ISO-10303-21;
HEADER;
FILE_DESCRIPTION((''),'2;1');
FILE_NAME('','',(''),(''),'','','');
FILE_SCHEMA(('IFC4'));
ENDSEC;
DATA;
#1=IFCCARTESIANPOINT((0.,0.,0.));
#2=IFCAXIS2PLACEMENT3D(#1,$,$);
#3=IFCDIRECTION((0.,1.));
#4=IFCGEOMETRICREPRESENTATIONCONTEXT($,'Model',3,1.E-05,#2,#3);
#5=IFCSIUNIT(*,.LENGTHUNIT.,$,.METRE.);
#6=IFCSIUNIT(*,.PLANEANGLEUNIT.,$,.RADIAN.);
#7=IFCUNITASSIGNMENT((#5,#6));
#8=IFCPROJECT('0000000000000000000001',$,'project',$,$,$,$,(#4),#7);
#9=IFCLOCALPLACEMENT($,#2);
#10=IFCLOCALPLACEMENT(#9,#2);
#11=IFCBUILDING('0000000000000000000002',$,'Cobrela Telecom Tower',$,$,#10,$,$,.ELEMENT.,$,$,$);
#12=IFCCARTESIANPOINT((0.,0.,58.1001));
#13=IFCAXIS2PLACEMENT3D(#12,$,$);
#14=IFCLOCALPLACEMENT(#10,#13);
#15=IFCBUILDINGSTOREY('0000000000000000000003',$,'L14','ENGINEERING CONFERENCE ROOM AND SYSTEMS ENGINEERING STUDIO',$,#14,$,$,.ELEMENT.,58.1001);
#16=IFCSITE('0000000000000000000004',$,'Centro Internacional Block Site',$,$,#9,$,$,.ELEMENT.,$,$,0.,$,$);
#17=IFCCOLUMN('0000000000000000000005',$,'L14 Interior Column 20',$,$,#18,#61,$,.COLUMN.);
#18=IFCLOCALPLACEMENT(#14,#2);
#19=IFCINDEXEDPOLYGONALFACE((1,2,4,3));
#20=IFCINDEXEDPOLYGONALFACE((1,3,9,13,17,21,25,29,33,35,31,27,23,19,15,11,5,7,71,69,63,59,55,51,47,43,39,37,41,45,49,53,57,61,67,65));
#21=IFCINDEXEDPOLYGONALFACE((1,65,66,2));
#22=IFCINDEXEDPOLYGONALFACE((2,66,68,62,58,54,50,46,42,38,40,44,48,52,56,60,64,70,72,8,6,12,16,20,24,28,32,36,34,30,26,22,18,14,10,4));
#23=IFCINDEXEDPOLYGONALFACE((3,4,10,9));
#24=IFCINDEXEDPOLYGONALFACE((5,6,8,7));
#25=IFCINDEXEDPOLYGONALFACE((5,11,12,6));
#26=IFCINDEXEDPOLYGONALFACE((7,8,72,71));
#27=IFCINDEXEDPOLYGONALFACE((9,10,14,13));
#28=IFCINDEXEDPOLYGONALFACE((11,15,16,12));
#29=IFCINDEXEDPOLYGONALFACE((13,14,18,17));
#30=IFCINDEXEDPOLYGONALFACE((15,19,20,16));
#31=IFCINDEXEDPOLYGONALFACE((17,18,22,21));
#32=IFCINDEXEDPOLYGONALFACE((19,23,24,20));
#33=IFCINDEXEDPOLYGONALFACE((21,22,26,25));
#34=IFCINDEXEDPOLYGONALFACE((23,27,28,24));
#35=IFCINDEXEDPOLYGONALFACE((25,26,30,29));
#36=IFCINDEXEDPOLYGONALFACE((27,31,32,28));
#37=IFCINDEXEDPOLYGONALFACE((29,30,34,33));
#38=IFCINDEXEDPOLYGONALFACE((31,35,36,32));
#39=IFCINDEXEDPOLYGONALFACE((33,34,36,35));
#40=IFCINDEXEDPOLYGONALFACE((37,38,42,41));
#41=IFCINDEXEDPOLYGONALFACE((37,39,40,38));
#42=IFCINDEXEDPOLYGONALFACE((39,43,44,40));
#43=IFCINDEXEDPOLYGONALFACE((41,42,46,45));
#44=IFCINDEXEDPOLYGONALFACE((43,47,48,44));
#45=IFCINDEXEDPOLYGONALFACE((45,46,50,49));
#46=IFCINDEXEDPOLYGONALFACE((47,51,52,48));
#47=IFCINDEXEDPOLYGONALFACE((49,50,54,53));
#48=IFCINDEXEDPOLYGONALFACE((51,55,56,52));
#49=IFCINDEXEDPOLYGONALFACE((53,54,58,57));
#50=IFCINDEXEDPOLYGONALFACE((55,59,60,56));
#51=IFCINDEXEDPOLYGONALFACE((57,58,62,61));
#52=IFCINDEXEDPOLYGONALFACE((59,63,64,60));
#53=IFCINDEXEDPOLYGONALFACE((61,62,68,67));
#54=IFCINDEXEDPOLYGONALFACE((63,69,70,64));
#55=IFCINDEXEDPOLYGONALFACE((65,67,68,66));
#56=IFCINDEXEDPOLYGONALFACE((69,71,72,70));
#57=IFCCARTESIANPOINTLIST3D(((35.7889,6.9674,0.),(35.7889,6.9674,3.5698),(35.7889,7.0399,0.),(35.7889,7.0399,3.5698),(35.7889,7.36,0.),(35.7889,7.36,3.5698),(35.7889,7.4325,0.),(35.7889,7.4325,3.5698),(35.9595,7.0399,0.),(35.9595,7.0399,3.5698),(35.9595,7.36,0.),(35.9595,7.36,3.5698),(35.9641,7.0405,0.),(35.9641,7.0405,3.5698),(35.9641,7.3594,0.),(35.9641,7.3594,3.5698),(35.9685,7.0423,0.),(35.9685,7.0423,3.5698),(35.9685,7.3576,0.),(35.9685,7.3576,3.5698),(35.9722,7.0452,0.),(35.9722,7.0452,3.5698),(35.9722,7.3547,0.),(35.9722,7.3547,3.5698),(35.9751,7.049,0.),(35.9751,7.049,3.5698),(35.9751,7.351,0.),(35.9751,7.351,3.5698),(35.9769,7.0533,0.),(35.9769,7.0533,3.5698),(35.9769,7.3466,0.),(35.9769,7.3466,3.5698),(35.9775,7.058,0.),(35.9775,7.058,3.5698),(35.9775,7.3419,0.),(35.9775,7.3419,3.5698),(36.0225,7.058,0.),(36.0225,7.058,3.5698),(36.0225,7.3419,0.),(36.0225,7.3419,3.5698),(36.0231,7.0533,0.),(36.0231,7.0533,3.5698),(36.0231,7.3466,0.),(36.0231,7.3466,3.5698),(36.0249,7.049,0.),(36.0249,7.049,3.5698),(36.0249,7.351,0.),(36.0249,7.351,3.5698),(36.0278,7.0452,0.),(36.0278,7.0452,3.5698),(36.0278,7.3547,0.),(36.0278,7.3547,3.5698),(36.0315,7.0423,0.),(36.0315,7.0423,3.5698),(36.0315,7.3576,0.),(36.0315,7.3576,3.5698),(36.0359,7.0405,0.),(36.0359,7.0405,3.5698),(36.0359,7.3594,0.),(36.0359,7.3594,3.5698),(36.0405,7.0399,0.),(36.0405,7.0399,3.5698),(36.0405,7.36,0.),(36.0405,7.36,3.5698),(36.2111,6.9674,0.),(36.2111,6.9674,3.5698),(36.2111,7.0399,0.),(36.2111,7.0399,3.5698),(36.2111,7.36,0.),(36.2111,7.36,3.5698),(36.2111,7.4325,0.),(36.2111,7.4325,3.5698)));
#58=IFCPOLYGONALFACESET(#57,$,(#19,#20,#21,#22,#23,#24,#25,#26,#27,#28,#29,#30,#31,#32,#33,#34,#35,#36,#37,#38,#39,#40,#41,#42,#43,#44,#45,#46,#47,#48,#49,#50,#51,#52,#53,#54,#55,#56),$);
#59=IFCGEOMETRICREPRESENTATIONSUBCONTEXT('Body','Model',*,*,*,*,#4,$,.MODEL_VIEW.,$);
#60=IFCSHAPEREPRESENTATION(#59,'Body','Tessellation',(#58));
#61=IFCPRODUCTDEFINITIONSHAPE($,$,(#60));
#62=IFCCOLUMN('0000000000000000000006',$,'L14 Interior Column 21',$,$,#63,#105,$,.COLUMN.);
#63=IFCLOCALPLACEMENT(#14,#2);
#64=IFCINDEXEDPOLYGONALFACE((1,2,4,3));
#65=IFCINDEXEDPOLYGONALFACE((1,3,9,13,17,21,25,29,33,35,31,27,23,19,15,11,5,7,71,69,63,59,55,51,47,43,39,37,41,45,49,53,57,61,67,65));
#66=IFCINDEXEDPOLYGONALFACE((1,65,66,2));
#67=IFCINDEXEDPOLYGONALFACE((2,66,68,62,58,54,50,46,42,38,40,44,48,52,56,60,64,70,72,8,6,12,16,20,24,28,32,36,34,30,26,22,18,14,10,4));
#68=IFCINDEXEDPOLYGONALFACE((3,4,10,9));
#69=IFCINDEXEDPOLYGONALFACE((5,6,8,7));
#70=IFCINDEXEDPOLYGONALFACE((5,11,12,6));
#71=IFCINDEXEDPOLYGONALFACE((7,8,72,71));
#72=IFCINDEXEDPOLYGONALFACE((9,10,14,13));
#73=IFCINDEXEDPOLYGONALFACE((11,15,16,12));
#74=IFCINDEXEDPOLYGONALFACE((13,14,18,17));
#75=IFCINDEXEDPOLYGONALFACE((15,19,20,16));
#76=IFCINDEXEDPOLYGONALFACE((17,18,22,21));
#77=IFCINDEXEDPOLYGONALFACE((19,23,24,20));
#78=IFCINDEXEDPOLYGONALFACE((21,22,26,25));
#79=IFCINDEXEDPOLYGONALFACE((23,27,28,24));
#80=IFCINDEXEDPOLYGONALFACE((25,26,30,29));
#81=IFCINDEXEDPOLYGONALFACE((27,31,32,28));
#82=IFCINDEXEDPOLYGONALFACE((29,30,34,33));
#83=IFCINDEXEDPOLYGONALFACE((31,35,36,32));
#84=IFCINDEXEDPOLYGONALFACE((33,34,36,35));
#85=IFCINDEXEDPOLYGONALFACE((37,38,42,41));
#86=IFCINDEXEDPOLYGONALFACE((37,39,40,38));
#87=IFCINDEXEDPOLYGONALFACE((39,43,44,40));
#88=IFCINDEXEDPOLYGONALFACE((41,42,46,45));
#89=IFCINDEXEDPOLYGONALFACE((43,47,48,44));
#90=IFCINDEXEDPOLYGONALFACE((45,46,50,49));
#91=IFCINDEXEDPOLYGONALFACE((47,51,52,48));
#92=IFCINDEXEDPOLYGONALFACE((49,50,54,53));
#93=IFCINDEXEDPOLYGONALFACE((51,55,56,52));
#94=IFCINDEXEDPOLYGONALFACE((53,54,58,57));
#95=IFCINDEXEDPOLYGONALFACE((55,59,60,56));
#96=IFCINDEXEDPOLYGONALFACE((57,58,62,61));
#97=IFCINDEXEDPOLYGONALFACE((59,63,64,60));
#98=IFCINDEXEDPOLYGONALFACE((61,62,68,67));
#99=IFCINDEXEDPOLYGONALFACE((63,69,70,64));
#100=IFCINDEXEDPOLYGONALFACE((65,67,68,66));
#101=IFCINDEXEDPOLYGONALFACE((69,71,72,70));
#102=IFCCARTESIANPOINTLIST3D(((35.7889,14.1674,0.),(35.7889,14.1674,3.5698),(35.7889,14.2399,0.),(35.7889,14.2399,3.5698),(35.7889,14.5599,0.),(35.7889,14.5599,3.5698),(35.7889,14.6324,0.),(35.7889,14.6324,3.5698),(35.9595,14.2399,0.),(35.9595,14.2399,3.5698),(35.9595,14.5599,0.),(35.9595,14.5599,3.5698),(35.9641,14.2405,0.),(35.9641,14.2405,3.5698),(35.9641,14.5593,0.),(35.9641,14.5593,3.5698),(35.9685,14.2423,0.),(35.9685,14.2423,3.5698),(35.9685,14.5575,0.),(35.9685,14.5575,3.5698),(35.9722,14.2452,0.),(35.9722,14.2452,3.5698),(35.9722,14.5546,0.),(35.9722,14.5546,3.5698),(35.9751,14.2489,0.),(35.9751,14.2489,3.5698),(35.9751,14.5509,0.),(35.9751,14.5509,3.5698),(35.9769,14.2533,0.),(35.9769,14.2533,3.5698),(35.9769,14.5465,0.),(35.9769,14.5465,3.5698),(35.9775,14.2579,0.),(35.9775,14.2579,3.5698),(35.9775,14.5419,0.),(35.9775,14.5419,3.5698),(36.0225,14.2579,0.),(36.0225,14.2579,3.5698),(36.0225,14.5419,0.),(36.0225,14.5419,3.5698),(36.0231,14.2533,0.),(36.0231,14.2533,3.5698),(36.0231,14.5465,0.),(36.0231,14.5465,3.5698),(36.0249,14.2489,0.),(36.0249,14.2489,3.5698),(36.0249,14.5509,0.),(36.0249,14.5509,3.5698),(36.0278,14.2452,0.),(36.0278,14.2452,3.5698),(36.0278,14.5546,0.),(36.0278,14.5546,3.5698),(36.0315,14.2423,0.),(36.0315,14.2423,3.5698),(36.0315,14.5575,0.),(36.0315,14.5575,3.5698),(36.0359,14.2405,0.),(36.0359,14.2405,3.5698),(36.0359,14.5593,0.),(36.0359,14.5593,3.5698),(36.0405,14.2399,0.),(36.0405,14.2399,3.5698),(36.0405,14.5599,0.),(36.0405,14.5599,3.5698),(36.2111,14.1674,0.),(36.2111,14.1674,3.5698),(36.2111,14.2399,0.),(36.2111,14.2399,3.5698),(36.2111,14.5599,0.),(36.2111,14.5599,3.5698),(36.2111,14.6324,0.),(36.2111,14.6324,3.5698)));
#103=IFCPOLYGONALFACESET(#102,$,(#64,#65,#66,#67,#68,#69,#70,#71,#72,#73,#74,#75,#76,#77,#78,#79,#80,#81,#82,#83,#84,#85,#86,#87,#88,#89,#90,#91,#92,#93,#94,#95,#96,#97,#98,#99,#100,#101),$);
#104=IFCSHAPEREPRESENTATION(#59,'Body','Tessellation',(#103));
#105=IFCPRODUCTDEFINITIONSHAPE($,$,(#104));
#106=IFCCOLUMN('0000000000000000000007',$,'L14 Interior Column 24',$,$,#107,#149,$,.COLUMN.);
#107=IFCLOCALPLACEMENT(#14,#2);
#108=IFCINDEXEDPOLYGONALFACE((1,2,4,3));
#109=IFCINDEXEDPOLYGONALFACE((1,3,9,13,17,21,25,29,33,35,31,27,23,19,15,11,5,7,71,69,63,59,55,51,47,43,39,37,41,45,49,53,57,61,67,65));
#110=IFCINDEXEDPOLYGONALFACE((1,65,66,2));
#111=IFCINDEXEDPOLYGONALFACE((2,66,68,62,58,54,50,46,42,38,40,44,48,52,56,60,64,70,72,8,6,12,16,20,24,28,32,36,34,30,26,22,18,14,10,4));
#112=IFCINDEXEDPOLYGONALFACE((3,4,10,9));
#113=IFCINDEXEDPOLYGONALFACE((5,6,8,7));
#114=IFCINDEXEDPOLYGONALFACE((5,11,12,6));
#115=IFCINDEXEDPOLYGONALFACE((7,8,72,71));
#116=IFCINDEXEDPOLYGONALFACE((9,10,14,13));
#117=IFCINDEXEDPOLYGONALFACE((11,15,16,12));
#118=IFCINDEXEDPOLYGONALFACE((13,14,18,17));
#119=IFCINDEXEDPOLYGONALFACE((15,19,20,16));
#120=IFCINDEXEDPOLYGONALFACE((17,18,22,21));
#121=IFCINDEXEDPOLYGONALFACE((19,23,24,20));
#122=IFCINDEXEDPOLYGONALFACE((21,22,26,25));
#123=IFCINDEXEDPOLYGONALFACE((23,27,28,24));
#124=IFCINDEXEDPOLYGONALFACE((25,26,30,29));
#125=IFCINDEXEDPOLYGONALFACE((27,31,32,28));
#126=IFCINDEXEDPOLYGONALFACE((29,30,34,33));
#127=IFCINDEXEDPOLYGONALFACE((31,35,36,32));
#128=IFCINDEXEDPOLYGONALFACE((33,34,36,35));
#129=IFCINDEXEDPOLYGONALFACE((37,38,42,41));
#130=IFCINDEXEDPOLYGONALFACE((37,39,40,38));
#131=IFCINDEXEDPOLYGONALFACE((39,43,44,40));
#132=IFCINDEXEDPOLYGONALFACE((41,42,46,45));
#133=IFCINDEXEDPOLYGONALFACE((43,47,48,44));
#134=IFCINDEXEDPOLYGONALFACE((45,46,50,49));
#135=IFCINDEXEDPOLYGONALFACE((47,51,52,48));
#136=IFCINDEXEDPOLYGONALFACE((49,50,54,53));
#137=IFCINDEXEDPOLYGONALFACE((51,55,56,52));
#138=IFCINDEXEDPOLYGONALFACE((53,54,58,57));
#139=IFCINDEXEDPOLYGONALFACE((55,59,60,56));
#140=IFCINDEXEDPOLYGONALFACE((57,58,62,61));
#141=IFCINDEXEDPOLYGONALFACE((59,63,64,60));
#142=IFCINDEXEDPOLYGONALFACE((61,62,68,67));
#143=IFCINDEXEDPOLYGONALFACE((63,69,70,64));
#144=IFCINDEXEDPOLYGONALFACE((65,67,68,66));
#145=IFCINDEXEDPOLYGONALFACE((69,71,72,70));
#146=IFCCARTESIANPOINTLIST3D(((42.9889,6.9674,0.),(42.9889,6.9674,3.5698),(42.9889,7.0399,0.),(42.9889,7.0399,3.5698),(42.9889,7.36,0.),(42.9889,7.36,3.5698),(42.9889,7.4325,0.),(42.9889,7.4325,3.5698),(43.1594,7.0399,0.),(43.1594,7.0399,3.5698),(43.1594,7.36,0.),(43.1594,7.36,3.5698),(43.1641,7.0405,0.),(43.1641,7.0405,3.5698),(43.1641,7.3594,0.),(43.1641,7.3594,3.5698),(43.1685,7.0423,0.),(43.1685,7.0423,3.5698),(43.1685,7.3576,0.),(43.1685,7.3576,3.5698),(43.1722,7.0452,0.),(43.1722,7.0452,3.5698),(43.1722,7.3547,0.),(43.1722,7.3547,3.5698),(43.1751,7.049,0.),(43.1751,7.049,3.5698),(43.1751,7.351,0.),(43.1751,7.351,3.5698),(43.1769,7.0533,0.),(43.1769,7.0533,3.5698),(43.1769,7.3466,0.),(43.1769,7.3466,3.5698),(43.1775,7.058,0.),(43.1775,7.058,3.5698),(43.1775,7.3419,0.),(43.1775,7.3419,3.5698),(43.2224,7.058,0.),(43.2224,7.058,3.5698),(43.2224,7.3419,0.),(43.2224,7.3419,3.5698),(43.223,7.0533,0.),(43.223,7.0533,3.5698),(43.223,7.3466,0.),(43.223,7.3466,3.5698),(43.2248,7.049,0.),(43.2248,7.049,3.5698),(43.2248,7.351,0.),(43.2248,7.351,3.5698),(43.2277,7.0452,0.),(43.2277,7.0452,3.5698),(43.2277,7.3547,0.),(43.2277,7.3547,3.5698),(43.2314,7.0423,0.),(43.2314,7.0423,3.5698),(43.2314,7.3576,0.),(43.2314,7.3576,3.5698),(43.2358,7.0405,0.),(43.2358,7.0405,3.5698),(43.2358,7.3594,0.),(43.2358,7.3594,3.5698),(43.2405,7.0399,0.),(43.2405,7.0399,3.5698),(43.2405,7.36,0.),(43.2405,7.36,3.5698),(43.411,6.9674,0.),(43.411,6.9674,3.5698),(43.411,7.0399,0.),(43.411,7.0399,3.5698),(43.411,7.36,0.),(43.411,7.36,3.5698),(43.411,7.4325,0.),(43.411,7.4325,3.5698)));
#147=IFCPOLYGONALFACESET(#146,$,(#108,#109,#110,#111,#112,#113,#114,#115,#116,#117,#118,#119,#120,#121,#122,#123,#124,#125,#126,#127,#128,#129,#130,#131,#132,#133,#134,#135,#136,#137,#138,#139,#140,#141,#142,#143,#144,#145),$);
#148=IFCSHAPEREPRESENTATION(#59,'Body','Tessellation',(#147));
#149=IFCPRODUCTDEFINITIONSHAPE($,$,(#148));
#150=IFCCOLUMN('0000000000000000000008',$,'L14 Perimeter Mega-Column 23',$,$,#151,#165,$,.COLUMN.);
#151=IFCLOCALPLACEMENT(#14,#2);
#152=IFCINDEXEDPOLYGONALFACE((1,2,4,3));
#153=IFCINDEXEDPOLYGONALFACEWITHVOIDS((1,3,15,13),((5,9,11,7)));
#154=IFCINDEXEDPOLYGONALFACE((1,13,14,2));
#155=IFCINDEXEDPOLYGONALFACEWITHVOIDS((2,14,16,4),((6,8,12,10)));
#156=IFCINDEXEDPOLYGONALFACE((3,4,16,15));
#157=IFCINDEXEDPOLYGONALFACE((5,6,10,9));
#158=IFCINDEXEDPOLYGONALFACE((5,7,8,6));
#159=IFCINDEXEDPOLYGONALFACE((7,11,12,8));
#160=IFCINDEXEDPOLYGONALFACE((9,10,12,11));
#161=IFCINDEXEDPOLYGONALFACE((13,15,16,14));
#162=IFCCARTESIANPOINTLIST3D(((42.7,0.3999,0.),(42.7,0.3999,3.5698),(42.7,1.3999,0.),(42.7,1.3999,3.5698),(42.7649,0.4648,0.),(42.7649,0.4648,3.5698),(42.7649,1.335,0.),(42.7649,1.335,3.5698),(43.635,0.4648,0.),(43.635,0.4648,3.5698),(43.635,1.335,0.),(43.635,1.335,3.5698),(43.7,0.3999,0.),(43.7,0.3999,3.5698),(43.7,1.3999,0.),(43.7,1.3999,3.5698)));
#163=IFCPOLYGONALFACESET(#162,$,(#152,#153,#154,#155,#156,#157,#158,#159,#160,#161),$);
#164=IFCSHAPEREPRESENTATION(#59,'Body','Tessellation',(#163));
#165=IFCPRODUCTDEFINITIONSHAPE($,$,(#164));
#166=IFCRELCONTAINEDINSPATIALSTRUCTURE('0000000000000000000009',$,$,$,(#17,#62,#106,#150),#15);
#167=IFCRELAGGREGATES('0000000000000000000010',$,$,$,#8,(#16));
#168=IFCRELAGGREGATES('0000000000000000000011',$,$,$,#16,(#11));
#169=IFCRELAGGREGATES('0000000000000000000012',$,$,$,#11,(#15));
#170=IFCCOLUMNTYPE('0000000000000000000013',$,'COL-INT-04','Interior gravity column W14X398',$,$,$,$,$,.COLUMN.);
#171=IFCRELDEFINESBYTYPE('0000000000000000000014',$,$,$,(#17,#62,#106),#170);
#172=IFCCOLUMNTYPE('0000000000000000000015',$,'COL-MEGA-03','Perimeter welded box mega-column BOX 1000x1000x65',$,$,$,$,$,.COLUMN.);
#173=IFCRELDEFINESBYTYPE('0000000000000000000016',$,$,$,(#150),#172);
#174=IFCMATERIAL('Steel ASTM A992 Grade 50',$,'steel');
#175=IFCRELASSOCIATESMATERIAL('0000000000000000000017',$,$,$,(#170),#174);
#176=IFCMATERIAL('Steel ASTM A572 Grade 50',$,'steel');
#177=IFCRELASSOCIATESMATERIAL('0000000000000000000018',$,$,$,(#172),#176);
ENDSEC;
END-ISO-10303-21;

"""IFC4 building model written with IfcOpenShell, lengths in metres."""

from ifc_helpers import new_model, si_unit, direction, frame, origin, origin_2d, place, context, subcontext, project, spatial, hollow_rectangle, i_section, extrude, material, material_profile, profile_set, type_object, element, save


model = new_model("IFC4")

# Units and contexts
model_context = context("Model", 3, precision=1e-05, world=origin(), true_north=direction((0.0, 1.0)))
body_context = subcontext(model_context, "Body", "Model", "MODEL_VIEW")
ifc_project = project(units=[si_unit("LENGTHUNIT", "METRE"), si_unit("PLANEANGLEUNIT", "RADIAN")], contexts=[model_context])

# Site, building, storey
site_placement = place(None, origin())
site = spatial("IfcSite", under=ifc_project, at=site_placement, Name="Centro Internacional Block Site", CompositionType="ELEMENT", RefElevation=0.0)
building_placement = place(site_placement, origin())
building = spatial("IfcBuilding", under=site, at=building_placement, Name="Cobrela Telecom Tower", CompositionType="ELEMENT")
storey_placement = place(building_placement, frame((0.0, 0.0, 58.1001)))
storey = spatial("IfcBuildingStorey", under=building, at=storey_placement, Name="L14", Description="ENGINEERING CONFERENCE ROOM AND SYSTEMS ENGINEERING STUDIO", CompositionType="ELEMENT", Elevation=58.1001)

# Columns
ifc_material_1 = material(Name="Steel ASTM A992 Grade 50", Category="steel")
ifc_material_profile_1 = material_profile(ifc_material_1, i_section(OverallWidth=0.4221, OverallDepth=0.4651, WebThickness=0.0449, FlangeThickness=0.0725, FilletRadius=0.0181, at=origin_2d()), Name="W14X398")
ifc_profile_set_1 = profile_set([ifc_material_profile_1], Name="Steel ASTM A992 Grade 50")
column_type_1 = type_object("IfcColumnType", Name="COL-INT-04", Description="Interior gravity column W14X398", PredefinedType="COLUMN", material=ifc_profile_set_1)
for number, where, z_axis, x_axis, name in (
    (1, (36.0, 7.2, 0.0), (0.0, 0.0, 1.0), (1.0, 0.0, 0.0), "L14 Interior Column 20"),
    (2, (36.0, 14.3999, 0.0), (0.0, 0.0, 1.0), (1.0, 0.0, 0.0), "L14 Interior Column 21"),
    (3, (43.2, 7.2, 0.0), (0.0, 0.0, 1.0), (1.0, 0.0, 0.0), "L14 Interior Column 24"),
):
    element("IfcColumn", number, at=place(storey_placement, frame(where, z_axis=z_axis, x_axis=x_axis)), inside=storey, type_object=column_type_1, Name=name, PredefinedType="COLUMN", context=body_context, shape_type="SweptSolid", body=[
        extrude(i_section(OverallWidth=0.4221, OverallDepth=0.4651, WebThickness=0.0449, FlangeThickness=0.0725, FilletRadius=0.0181, at=origin_2d()), origin(), (0.0, 0.0, 1.0), 3.5698),
    ])
ifc_material_2 = material(Name="Steel ASTM A572 Grade 50", Category="steel")
ifc_material_profile_2 = material_profile(ifc_material_2, hollow_rectangle(XDim=1.0, YDim=1.0, WallThickness=0.0649, at=origin_2d()), Name="BOX 1000x1000x65")
ifc_profile_set_2 = profile_set([ifc_material_profile_2], Name="Steel ASTM A572 Grade 50")
column_type_2 = type_object("IfcColumnType", Name="COL-MEGA-03", Description="Perimeter welded box mega-column BOX 1000x1000x65", PredefinedType="COLUMN", material=ifc_profile_set_2)
column_placement = place(storey_placement, frame((43.2, 0.8999, 0.0), z_axis=(0.0, 0.0, 1.0), x_axis=(1.0, 0.0, 0.0)))
element("IfcColumn", 4, at=column_placement, inside=storey, type_object=column_type_2, Name="L14 Perimeter Mega-Column 23", PredefinedType="COLUMN", context=body_context, shape_type="SweptSolid", body=[
    extrude(hollow_rectangle(XDim=1.0, YDim=1.0, WallThickness=0.0649, at=origin_2d()), origin(), (0.0, 0.0, 1.0), 3.5698),
])

save(model, "model.ifc")
